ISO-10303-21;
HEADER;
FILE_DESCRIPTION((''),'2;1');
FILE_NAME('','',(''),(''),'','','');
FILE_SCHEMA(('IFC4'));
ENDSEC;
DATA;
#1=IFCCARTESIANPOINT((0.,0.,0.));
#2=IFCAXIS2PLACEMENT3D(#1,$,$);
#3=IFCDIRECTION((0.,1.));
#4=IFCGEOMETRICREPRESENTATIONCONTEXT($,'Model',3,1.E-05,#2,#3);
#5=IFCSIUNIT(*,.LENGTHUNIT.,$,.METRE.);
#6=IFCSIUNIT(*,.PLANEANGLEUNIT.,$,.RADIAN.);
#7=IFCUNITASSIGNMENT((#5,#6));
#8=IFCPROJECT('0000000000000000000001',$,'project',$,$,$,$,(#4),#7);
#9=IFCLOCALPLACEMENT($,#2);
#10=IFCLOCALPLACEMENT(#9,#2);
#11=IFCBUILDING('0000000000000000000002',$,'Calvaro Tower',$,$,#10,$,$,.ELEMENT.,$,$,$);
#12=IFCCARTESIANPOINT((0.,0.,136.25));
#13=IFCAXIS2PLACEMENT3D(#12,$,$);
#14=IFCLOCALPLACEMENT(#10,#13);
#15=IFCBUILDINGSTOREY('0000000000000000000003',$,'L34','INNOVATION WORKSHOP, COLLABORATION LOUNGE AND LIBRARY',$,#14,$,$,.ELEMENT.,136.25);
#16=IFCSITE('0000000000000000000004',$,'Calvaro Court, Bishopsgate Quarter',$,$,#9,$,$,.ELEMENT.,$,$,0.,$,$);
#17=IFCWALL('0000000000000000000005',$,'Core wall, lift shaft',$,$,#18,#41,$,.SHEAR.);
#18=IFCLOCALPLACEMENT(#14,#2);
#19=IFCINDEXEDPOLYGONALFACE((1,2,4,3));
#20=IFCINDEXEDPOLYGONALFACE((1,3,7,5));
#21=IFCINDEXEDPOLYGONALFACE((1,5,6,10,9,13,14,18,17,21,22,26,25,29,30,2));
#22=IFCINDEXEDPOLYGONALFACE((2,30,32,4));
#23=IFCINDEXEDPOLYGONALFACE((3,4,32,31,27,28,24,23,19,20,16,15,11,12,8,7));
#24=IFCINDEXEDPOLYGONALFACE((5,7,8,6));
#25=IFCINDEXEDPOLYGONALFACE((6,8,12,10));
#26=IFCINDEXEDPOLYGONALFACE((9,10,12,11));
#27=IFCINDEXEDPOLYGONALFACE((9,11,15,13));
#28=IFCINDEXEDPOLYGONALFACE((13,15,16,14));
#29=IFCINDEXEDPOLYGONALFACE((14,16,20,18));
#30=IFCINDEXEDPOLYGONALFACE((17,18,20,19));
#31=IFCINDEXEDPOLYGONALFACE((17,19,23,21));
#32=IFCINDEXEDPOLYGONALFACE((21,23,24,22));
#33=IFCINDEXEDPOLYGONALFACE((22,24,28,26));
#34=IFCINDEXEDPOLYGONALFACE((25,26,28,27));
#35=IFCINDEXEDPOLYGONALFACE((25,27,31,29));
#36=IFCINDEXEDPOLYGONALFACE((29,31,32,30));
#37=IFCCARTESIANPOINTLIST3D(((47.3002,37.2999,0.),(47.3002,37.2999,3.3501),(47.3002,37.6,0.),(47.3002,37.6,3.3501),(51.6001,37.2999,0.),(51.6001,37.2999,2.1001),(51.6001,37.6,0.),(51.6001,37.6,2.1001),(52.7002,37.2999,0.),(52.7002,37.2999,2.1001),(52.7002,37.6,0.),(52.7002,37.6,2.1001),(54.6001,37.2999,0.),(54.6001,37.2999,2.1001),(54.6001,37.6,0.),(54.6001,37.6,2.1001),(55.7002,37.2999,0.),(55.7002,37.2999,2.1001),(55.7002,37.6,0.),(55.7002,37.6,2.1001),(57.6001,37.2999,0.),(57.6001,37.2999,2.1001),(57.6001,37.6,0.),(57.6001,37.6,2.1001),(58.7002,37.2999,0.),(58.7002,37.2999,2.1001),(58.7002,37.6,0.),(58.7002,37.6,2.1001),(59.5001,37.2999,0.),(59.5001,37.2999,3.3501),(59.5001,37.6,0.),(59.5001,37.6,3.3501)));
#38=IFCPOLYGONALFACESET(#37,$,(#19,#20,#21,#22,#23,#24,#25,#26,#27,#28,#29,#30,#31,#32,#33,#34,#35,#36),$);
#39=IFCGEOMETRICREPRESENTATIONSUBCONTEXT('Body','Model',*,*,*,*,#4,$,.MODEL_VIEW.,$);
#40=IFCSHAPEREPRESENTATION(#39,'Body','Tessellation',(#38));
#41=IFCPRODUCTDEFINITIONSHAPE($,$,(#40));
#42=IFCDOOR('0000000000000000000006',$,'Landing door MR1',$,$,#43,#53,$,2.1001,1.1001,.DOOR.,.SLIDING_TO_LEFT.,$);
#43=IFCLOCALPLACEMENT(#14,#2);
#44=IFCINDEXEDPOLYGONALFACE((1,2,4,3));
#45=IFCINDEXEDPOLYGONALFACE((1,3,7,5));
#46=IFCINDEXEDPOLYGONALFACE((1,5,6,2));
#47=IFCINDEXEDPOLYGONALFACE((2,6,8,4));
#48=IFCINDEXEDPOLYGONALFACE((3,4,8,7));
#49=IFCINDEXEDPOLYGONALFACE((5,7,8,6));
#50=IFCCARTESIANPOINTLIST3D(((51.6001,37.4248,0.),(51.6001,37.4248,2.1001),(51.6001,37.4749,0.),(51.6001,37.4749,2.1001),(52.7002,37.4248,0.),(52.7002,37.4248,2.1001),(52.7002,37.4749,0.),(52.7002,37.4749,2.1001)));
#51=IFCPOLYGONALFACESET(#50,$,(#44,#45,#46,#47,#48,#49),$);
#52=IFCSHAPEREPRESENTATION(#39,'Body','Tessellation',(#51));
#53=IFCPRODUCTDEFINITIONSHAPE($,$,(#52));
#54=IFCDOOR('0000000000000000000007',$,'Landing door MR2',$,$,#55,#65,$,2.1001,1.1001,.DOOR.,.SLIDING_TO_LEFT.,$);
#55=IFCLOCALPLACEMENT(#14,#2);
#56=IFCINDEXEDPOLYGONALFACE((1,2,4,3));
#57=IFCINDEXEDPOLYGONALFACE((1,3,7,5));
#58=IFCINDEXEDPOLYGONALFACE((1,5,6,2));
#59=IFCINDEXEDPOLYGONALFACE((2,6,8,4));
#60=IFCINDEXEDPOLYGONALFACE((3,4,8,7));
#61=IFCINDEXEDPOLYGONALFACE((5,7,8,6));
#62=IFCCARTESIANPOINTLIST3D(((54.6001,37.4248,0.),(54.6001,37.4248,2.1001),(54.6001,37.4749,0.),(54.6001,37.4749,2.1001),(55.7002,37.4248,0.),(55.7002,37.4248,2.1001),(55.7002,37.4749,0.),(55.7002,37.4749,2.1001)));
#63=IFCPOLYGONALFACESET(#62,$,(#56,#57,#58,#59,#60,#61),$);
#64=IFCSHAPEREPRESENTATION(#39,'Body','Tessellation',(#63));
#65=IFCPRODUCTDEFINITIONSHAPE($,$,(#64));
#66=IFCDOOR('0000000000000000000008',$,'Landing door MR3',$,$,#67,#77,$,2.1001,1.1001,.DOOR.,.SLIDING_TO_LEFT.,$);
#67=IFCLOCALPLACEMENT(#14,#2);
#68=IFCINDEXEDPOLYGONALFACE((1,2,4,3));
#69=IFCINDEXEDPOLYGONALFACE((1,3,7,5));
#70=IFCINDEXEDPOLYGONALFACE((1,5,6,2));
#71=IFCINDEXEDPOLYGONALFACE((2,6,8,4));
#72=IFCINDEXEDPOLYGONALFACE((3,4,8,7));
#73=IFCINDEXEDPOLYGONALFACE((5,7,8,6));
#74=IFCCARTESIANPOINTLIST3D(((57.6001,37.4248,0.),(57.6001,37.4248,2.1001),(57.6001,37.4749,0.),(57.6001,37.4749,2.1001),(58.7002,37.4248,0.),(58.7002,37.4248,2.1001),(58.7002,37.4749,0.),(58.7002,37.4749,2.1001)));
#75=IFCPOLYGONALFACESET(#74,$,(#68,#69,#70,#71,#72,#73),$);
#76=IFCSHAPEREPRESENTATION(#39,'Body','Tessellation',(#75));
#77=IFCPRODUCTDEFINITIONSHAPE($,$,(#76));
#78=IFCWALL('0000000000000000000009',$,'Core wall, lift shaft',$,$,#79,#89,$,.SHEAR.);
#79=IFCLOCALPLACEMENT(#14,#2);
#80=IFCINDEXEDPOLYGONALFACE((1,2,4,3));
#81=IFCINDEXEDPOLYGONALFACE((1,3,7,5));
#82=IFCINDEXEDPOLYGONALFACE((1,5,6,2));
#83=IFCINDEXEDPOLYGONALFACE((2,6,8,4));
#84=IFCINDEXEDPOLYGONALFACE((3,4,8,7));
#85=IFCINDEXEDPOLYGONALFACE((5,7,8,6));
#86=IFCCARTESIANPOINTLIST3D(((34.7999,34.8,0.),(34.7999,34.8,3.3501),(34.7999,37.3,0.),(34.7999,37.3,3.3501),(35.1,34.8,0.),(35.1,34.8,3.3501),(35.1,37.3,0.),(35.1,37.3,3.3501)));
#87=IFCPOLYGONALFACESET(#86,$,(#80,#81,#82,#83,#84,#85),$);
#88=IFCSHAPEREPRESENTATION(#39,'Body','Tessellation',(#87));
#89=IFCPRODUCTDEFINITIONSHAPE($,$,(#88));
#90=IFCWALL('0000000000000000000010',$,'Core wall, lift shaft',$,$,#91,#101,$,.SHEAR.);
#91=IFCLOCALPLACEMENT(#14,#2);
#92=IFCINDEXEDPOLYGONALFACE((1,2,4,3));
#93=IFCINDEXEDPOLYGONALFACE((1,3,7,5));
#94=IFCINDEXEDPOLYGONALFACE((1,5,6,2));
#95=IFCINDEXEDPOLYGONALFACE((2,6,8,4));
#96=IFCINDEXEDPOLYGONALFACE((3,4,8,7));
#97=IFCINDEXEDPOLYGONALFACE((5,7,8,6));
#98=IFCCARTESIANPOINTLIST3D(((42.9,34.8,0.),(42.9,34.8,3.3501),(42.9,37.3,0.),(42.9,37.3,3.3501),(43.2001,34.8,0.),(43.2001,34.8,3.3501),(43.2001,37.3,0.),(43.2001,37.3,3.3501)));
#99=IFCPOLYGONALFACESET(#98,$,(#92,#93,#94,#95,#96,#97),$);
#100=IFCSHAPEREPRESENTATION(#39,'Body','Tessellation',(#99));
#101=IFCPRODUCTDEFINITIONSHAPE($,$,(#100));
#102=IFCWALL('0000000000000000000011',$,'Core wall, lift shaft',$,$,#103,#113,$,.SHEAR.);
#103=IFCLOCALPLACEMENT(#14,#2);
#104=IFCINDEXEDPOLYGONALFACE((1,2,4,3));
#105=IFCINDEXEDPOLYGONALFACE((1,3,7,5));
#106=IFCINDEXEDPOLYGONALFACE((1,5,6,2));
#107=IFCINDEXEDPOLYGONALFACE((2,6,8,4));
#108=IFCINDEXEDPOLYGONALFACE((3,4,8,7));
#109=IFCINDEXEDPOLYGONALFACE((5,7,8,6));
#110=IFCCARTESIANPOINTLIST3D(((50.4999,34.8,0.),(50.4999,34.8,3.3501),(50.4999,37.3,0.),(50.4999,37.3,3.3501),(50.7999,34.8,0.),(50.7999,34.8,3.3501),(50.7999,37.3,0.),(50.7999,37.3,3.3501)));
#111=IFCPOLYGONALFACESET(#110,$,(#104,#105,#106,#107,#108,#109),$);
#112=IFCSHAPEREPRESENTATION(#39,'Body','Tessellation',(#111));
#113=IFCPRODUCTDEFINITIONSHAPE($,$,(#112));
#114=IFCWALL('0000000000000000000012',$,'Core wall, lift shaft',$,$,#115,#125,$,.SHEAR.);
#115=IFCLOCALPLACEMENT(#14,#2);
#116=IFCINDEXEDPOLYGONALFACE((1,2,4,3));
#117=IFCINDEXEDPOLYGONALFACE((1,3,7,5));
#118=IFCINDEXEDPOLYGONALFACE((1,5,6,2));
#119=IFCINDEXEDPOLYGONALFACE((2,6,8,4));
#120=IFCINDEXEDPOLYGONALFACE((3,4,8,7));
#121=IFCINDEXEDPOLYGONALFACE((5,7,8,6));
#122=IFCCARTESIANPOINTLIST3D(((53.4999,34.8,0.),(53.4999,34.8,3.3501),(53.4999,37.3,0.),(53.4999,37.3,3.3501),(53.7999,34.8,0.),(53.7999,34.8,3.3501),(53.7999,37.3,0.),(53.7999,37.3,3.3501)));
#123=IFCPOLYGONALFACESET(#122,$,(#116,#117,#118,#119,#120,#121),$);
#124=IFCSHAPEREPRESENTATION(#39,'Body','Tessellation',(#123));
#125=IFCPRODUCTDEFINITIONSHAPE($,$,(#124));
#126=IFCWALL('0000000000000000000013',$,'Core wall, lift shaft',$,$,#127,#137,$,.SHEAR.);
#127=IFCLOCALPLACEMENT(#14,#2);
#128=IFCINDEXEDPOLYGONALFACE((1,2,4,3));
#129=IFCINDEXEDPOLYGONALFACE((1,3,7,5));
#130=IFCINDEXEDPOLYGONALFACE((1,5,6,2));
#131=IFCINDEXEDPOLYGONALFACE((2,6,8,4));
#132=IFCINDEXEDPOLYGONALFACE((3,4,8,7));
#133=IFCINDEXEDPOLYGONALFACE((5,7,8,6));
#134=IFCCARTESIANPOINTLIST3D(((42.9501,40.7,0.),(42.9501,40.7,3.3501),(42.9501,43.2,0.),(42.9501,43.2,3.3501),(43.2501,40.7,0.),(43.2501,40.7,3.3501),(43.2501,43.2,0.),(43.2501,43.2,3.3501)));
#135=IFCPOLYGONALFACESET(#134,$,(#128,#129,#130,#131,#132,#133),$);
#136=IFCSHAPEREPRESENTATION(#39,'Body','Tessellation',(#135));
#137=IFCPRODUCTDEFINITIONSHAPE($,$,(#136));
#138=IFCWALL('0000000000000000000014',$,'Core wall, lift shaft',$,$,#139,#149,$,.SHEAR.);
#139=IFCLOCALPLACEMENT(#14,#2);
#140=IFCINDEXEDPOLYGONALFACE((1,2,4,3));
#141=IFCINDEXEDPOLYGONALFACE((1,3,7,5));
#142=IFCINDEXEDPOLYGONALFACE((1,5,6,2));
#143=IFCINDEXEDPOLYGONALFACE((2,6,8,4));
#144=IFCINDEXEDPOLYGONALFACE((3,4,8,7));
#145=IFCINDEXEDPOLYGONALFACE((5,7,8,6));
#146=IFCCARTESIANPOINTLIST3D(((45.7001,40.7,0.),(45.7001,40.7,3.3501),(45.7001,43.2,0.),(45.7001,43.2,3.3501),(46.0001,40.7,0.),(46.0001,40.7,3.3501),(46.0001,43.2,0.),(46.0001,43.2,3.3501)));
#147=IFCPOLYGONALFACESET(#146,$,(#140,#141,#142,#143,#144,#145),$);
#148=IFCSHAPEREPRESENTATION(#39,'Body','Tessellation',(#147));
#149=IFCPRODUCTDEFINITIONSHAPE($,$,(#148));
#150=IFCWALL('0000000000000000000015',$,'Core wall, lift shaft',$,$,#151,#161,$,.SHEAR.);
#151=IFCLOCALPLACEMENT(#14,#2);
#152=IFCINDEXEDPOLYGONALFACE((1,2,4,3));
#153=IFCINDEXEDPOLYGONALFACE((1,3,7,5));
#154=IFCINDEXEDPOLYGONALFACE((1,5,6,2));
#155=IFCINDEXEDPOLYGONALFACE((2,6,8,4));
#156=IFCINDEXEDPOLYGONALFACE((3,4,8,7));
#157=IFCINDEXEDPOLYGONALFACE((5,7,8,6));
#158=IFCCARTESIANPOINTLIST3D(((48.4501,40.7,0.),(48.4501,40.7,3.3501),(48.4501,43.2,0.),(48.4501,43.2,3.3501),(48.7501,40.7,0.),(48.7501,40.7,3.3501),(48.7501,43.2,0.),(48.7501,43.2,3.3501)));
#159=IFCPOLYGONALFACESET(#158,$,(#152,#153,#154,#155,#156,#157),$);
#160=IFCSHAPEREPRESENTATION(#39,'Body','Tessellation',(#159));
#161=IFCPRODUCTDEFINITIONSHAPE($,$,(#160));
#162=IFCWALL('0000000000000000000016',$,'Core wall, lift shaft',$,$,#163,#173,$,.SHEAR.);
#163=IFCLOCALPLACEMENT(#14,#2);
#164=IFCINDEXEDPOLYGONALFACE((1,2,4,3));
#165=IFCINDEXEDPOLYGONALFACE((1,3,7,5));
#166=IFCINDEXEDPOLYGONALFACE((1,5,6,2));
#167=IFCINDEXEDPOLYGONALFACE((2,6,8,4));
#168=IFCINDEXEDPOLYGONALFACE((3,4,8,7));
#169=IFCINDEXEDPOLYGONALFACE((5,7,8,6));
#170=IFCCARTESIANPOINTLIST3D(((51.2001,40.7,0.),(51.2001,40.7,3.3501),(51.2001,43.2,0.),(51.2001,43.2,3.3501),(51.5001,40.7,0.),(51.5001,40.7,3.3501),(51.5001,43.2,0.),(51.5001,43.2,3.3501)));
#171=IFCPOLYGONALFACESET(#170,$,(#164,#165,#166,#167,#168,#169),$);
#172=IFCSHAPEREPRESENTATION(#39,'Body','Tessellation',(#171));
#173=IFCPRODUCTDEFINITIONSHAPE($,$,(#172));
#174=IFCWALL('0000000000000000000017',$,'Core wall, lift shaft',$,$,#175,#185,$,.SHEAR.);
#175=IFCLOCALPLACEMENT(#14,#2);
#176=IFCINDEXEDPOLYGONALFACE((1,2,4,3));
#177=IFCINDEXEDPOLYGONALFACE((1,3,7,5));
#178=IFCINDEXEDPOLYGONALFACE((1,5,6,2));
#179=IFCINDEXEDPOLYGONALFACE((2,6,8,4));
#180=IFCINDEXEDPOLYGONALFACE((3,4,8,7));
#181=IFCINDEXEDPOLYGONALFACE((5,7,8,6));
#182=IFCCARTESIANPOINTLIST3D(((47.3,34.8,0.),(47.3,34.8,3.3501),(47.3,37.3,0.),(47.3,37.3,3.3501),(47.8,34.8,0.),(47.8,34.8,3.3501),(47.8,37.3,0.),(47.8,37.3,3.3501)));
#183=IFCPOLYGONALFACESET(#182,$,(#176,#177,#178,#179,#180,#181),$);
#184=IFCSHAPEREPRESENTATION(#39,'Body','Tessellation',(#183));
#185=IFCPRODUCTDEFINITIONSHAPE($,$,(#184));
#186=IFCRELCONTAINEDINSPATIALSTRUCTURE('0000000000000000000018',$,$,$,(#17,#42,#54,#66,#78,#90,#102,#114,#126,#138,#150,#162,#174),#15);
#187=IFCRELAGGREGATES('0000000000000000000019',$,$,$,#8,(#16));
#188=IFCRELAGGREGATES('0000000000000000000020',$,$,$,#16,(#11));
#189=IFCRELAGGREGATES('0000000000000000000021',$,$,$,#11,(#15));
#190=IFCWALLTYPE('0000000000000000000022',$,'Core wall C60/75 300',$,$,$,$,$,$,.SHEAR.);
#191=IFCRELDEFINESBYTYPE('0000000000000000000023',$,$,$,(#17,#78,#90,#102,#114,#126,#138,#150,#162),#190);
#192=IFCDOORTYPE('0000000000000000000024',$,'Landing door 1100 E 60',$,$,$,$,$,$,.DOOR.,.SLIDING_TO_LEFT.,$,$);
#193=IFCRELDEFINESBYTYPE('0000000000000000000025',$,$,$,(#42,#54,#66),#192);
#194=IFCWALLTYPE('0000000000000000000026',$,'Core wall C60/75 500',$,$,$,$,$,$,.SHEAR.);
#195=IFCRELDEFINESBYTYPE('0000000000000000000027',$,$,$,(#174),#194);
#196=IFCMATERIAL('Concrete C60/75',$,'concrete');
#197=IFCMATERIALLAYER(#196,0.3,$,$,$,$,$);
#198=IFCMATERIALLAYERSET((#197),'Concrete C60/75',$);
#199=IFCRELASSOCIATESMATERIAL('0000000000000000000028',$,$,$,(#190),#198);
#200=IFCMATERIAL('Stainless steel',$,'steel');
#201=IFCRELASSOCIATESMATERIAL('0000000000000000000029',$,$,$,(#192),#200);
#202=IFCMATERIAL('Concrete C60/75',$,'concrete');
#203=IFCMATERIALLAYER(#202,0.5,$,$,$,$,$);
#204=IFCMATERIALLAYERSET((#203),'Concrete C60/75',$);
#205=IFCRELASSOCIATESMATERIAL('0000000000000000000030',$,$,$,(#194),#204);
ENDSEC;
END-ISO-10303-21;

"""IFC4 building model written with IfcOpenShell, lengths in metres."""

from ifc_helpers import new_model, si_unit, direction, frame, frame_2d, origin, place, context, subcontext, project, spatial, rectangle, extrude, material, layer, layer_set, type_object, element, fill, save


model = new_model("IFC4")

# Units and contexts
model_context = context("Model", 3, precision=1e-05, world=origin(), true_north=direction((0.0, 1.0)))
body_context = subcontext(model_context, "Body", "Model", "MODEL_VIEW")
ifc_project = project(units=[si_unit("LENGTHUNIT", "METRE"), si_unit("PLANEANGLEUNIT", "RADIAN")], contexts=[model_context])

# Site, building, storey
site_placement = place(None, origin())
site = spatial("IfcSite", under=ifc_project, at=site_placement, Name="Calvaro Court, Bishopsgate Quarter", CompositionType="ELEMENT", RefElevation=0.0)
building_placement = place(site_placement, origin())
building = spatial("IfcBuilding", under=site, at=building_placement, Name="Calvaro Tower", CompositionType="ELEMENT")
storey_placement = place(building_placement, frame((0.0, 0.0, 136.25)))
storey = spatial("IfcBuildingStorey", under=building, at=storey_placement, Name="L34", Description="INNOVATION WORKSHOP, COLLABORATION LOUNGE AND LIBRARY", CompositionType="ELEMENT", Elevation=136.25)

# Shared definitions
ifc_material_1 = material(Name="Concrete C60/75", Category="concrete")
ifc_layer_1 = layer(ifc_material_1, 0.3)
ifc_layer_set_1 = layer_set([ifc_layer_1], Name="Concrete C60/75")
wall_type_1 = type_object("IfcWallType", Name="Core wall C60/75 300", PredefinedType="SHEAR", material=ifc_layer_set_1)

# Shared definitions
ifc_material_2 = material(Name="Stainless steel", Category="steel")
door_type_1 = type_object("IfcDoorType", Name="Landing door 1100 E 60", OperationType="SLIDING_TO_LEFT", PredefinedType="DOOR", material=ifc_material_2)

# Wall, openings, doors
wall_1_placement = place(storey_placement, frame((47.3, 37.45, 0.0), z_axis=(0.0, 0.0, 1.0), x_axis=(1.0, 0.0, 0.0)))
wall_1 = element("IfcWall", 1, at=wall_1_placement, inside=storey, type_object=wall_type_1, Name="Core wall, lift shaft", PredefinedType="SHEAR", context=body_context, shape_type="SweptSolid", body=[
    extrude(rectangle(XDim=12.2, YDim=0.3, at=frame_2d((6.1001, 0.0))), origin(), (0.0, 0.0, 1.0), 3.3501),
])
opening_1_placement = place(wall_1_placement, frame((4.3, 0.0, 0.0)))
opening_1 = element("IfcOpeningElement", 2, at=opening_1_placement, cuts=wall_1, PredefinedType="OPENING", context=body_context, shape_type="SweptSolid", body=[
    extrude(rectangle(XDim=1.1001, YDim=2.1001, at=frame_2d((0.55, 1.05))), frame((0.0, 0.1599, 0.0), z_axis=(0.0, -1.0, 0.0), x_axis=(1.0, 0.0, 0.0)), (0.0, 0.0, 1.0), 0.3201),
])
opening_2_placement = place(wall_1_placement, frame((7.3, 0.0, 0.0)))
opening_2 = element("IfcOpeningElement", 3, at=opening_2_placement, cuts=wall_1, PredefinedType="OPENING", context=body_context, shape_type="SweptSolid", body=[
    extrude(rectangle(XDim=1.1001, YDim=2.1001, at=frame_2d((0.55, 1.05))), frame((0.0, 0.1599, 0.0), z_axis=(0.0, -1.0, 0.0), x_axis=(1.0, 0.0, 0.0)), (0.0, 0.0, 1.0), 0.3201),
])
opening_3_placement = place(wall_1_placement, frame((10.3, 0.0, 0.0)))
opening_3 = element("IfcOpeningElement", 4, at=opening_3_placement, cuts=wall_1, PredefinedType="OPENING", context=body_context, shape_type="SweptSolid", body=[
    extrude(rectangle(XDim=1.1001, YDim=2.1001, at=frame_2d((0.55, 1.05))), frame((0.0, 0.1599, 0.0), z_axis=(0.0, -1.0, 0.0), x_axis=(1.0, 0.0, 0.0)), (0.0, 0.0, 1.0), 0.3201),
])
door_1_placement = place(opening_1_placement, origin())
door_1 = element("IfcDoor", 5, at=door_1_placement, inside=storey, type_object=door_type_1, Name="Landing door MR1", OperationType="SLIDING_TO_LEFT", OverallHeight=2.1001, OverallWidth=1.1001, PredefinedType="DOOR", context=body_context, shape_type="SweptSolid", body=[
    extrude(rectangle(XDim=1.1001, YDim=2.1001, at=frame_2d((0.55, 1.05))), frame((0.0, 0.0249, 0.0), z_axis=(0.0, -1.0, 0.0), x_axis=(1.0, 0.0, 0.0)), (0.0, 0.0, 1.0), 0.05),
])
fill(opening_1, door_1)
door_2_placement = place(opening_2_placement, origin())
door_2 = element("IfcDoor", 6, at=door_2_placement, inside=storey, type_object=door_type_1, Name="Landing door MR2", OperationType="SLIDING_TO_LEFT", OverallHeight=2.1001, OverallWidth=1.1001, PredefinedType="DOOR", context=body_context, shape_type="SweptSolid", body=[
    extrude(rectangle(XDim=1.1001, YDim=2.1001, at=frame_2d((0.55, 1.05))), frame((0.0, 0.0249, 0.0), z_axis=(0.0, -1.0, 0.0), x_axis=(1.0, 0.0, 0.0)), (0.0, 0.0, 1.0), 0.05),
])
fill(opening_2, door_2)
door_3_placement = place(opening_3_placement, origin())
door_3 = element("IfcDoor", 7, at=door_3_placement, inside=storey, type_object=door_type_1, Name="Landing door MR3", OperationType="SLIDING_TO_LEFT", OverallHeight=2.1001, OverallWidth=1.1001, PredefinedType="DOOR", context=body_context, shape_type="SweptSolid", body=[
    extrude(rectangle(XDim=1.1001, YDim=2.1001, at=frame_2d((0.55, 1.05))), frame((0.0, 0.0249, 0.0), z_axis=(0.0, -1.0, 0.0), x_axis=(1.0, 0.0, 0.0)), (0.0, 0.0, 1.0), 0.05),
])
fill(opening_3, door_3)

# Walls
for number, where, z_axis, x_axis, name in (
    (8, (34.95, 34.8, 0.0), (0.0, 0.0, 1.0), (0.0, 1.0, 0.0), "Core wall, lift shaft"),
    (9, (43.05, 34.8, 0.0), (0.0, 0.0, 1.0), (0.0, 1.0, 0.0), "Core wall, lift shaft"),
    (10, (50.6499, 34.8, 0.0), (0.0, 0.0, 1.0), (0.0, 1.0, 0.0), "Core wall, lift shaft"),
    (11, (53.6499, 34.8, 0.0), (0.0, 0.0, 1.0), (0.0, 1.0, 0.0), "Core wall, lift shaft"),
    (12, (43.1001, 40.7, 0.0), (0.0, 0.0, 1.0), (0.0, 1.0, 0.0), "Core wall, lift shaft"),
    (13, (45.8501, 40.7, 0.0), (0.0, 0.0, 1.0), (0.0, 1.0, 0.0), "Core wall, lift shaft"),
    (14, (48.6001, 40.7, 0.0), (0.0, 0.0, 1.0), (0.0, 1.0, 0.0), "Core wall, lift shaft"),
    (15, (51.3501, 40.7, 0.0), (0.0, 0.0, 1.0), (0.0, 1.0, 0.0), "Core wall, lift shaft"),
):
    element("IfcWall", number, at=place(storey_placement, frame(where, z_axis=z_axis, x_axis=x_axis)), inside=storey, type_object=wall_type_1, Name=name, PredefinedType="SHEAR", context=body_context, shape_type="SweptSolid", body=[
        extrude(rectangle(XDim=2.5, YDim=0.3, at=frame_2d((1.25, 0.0))), origin(), (0.0, 0.0, 1.0), 3.3501),
    ])
ifc_material_3 = material(Name="Concrete C60/75", Category="concrete")
ifc_layer_2 = layer(ifc_material_3, 0.5)
ifc_layer_set_2 = layer_set([ifc_layer_2], Name="Concrete C60/75")
wall_type_2 = type_object("IfcWallType", Name="Core wall C60/75 500", PredefinedType="SHEAR", material=ifc_layer_set_2)
wall_2_placement = place(storey_placement, frame((47.55, 34.8, 0.0), z_axis=(0.0, 0.0, 1.0), x_axis=(0.0, 1.0, 0.0)))
element("IfcWall", 16, at=wall_2_placement, inside=storey, type_object=wall_type_2, Name="Core wall, lift shaft", PredefinedType="SHEAR", context=body_context, shape_type="SweptSolid", body=[
    extrude(rectangle(XDim=2.5, YDim=0.5, at=frame_2d((1.25, 0.0))), origin(), (0.0, 0.0, 1.0), 3.3501),
])

save(model, "model.ifc")
